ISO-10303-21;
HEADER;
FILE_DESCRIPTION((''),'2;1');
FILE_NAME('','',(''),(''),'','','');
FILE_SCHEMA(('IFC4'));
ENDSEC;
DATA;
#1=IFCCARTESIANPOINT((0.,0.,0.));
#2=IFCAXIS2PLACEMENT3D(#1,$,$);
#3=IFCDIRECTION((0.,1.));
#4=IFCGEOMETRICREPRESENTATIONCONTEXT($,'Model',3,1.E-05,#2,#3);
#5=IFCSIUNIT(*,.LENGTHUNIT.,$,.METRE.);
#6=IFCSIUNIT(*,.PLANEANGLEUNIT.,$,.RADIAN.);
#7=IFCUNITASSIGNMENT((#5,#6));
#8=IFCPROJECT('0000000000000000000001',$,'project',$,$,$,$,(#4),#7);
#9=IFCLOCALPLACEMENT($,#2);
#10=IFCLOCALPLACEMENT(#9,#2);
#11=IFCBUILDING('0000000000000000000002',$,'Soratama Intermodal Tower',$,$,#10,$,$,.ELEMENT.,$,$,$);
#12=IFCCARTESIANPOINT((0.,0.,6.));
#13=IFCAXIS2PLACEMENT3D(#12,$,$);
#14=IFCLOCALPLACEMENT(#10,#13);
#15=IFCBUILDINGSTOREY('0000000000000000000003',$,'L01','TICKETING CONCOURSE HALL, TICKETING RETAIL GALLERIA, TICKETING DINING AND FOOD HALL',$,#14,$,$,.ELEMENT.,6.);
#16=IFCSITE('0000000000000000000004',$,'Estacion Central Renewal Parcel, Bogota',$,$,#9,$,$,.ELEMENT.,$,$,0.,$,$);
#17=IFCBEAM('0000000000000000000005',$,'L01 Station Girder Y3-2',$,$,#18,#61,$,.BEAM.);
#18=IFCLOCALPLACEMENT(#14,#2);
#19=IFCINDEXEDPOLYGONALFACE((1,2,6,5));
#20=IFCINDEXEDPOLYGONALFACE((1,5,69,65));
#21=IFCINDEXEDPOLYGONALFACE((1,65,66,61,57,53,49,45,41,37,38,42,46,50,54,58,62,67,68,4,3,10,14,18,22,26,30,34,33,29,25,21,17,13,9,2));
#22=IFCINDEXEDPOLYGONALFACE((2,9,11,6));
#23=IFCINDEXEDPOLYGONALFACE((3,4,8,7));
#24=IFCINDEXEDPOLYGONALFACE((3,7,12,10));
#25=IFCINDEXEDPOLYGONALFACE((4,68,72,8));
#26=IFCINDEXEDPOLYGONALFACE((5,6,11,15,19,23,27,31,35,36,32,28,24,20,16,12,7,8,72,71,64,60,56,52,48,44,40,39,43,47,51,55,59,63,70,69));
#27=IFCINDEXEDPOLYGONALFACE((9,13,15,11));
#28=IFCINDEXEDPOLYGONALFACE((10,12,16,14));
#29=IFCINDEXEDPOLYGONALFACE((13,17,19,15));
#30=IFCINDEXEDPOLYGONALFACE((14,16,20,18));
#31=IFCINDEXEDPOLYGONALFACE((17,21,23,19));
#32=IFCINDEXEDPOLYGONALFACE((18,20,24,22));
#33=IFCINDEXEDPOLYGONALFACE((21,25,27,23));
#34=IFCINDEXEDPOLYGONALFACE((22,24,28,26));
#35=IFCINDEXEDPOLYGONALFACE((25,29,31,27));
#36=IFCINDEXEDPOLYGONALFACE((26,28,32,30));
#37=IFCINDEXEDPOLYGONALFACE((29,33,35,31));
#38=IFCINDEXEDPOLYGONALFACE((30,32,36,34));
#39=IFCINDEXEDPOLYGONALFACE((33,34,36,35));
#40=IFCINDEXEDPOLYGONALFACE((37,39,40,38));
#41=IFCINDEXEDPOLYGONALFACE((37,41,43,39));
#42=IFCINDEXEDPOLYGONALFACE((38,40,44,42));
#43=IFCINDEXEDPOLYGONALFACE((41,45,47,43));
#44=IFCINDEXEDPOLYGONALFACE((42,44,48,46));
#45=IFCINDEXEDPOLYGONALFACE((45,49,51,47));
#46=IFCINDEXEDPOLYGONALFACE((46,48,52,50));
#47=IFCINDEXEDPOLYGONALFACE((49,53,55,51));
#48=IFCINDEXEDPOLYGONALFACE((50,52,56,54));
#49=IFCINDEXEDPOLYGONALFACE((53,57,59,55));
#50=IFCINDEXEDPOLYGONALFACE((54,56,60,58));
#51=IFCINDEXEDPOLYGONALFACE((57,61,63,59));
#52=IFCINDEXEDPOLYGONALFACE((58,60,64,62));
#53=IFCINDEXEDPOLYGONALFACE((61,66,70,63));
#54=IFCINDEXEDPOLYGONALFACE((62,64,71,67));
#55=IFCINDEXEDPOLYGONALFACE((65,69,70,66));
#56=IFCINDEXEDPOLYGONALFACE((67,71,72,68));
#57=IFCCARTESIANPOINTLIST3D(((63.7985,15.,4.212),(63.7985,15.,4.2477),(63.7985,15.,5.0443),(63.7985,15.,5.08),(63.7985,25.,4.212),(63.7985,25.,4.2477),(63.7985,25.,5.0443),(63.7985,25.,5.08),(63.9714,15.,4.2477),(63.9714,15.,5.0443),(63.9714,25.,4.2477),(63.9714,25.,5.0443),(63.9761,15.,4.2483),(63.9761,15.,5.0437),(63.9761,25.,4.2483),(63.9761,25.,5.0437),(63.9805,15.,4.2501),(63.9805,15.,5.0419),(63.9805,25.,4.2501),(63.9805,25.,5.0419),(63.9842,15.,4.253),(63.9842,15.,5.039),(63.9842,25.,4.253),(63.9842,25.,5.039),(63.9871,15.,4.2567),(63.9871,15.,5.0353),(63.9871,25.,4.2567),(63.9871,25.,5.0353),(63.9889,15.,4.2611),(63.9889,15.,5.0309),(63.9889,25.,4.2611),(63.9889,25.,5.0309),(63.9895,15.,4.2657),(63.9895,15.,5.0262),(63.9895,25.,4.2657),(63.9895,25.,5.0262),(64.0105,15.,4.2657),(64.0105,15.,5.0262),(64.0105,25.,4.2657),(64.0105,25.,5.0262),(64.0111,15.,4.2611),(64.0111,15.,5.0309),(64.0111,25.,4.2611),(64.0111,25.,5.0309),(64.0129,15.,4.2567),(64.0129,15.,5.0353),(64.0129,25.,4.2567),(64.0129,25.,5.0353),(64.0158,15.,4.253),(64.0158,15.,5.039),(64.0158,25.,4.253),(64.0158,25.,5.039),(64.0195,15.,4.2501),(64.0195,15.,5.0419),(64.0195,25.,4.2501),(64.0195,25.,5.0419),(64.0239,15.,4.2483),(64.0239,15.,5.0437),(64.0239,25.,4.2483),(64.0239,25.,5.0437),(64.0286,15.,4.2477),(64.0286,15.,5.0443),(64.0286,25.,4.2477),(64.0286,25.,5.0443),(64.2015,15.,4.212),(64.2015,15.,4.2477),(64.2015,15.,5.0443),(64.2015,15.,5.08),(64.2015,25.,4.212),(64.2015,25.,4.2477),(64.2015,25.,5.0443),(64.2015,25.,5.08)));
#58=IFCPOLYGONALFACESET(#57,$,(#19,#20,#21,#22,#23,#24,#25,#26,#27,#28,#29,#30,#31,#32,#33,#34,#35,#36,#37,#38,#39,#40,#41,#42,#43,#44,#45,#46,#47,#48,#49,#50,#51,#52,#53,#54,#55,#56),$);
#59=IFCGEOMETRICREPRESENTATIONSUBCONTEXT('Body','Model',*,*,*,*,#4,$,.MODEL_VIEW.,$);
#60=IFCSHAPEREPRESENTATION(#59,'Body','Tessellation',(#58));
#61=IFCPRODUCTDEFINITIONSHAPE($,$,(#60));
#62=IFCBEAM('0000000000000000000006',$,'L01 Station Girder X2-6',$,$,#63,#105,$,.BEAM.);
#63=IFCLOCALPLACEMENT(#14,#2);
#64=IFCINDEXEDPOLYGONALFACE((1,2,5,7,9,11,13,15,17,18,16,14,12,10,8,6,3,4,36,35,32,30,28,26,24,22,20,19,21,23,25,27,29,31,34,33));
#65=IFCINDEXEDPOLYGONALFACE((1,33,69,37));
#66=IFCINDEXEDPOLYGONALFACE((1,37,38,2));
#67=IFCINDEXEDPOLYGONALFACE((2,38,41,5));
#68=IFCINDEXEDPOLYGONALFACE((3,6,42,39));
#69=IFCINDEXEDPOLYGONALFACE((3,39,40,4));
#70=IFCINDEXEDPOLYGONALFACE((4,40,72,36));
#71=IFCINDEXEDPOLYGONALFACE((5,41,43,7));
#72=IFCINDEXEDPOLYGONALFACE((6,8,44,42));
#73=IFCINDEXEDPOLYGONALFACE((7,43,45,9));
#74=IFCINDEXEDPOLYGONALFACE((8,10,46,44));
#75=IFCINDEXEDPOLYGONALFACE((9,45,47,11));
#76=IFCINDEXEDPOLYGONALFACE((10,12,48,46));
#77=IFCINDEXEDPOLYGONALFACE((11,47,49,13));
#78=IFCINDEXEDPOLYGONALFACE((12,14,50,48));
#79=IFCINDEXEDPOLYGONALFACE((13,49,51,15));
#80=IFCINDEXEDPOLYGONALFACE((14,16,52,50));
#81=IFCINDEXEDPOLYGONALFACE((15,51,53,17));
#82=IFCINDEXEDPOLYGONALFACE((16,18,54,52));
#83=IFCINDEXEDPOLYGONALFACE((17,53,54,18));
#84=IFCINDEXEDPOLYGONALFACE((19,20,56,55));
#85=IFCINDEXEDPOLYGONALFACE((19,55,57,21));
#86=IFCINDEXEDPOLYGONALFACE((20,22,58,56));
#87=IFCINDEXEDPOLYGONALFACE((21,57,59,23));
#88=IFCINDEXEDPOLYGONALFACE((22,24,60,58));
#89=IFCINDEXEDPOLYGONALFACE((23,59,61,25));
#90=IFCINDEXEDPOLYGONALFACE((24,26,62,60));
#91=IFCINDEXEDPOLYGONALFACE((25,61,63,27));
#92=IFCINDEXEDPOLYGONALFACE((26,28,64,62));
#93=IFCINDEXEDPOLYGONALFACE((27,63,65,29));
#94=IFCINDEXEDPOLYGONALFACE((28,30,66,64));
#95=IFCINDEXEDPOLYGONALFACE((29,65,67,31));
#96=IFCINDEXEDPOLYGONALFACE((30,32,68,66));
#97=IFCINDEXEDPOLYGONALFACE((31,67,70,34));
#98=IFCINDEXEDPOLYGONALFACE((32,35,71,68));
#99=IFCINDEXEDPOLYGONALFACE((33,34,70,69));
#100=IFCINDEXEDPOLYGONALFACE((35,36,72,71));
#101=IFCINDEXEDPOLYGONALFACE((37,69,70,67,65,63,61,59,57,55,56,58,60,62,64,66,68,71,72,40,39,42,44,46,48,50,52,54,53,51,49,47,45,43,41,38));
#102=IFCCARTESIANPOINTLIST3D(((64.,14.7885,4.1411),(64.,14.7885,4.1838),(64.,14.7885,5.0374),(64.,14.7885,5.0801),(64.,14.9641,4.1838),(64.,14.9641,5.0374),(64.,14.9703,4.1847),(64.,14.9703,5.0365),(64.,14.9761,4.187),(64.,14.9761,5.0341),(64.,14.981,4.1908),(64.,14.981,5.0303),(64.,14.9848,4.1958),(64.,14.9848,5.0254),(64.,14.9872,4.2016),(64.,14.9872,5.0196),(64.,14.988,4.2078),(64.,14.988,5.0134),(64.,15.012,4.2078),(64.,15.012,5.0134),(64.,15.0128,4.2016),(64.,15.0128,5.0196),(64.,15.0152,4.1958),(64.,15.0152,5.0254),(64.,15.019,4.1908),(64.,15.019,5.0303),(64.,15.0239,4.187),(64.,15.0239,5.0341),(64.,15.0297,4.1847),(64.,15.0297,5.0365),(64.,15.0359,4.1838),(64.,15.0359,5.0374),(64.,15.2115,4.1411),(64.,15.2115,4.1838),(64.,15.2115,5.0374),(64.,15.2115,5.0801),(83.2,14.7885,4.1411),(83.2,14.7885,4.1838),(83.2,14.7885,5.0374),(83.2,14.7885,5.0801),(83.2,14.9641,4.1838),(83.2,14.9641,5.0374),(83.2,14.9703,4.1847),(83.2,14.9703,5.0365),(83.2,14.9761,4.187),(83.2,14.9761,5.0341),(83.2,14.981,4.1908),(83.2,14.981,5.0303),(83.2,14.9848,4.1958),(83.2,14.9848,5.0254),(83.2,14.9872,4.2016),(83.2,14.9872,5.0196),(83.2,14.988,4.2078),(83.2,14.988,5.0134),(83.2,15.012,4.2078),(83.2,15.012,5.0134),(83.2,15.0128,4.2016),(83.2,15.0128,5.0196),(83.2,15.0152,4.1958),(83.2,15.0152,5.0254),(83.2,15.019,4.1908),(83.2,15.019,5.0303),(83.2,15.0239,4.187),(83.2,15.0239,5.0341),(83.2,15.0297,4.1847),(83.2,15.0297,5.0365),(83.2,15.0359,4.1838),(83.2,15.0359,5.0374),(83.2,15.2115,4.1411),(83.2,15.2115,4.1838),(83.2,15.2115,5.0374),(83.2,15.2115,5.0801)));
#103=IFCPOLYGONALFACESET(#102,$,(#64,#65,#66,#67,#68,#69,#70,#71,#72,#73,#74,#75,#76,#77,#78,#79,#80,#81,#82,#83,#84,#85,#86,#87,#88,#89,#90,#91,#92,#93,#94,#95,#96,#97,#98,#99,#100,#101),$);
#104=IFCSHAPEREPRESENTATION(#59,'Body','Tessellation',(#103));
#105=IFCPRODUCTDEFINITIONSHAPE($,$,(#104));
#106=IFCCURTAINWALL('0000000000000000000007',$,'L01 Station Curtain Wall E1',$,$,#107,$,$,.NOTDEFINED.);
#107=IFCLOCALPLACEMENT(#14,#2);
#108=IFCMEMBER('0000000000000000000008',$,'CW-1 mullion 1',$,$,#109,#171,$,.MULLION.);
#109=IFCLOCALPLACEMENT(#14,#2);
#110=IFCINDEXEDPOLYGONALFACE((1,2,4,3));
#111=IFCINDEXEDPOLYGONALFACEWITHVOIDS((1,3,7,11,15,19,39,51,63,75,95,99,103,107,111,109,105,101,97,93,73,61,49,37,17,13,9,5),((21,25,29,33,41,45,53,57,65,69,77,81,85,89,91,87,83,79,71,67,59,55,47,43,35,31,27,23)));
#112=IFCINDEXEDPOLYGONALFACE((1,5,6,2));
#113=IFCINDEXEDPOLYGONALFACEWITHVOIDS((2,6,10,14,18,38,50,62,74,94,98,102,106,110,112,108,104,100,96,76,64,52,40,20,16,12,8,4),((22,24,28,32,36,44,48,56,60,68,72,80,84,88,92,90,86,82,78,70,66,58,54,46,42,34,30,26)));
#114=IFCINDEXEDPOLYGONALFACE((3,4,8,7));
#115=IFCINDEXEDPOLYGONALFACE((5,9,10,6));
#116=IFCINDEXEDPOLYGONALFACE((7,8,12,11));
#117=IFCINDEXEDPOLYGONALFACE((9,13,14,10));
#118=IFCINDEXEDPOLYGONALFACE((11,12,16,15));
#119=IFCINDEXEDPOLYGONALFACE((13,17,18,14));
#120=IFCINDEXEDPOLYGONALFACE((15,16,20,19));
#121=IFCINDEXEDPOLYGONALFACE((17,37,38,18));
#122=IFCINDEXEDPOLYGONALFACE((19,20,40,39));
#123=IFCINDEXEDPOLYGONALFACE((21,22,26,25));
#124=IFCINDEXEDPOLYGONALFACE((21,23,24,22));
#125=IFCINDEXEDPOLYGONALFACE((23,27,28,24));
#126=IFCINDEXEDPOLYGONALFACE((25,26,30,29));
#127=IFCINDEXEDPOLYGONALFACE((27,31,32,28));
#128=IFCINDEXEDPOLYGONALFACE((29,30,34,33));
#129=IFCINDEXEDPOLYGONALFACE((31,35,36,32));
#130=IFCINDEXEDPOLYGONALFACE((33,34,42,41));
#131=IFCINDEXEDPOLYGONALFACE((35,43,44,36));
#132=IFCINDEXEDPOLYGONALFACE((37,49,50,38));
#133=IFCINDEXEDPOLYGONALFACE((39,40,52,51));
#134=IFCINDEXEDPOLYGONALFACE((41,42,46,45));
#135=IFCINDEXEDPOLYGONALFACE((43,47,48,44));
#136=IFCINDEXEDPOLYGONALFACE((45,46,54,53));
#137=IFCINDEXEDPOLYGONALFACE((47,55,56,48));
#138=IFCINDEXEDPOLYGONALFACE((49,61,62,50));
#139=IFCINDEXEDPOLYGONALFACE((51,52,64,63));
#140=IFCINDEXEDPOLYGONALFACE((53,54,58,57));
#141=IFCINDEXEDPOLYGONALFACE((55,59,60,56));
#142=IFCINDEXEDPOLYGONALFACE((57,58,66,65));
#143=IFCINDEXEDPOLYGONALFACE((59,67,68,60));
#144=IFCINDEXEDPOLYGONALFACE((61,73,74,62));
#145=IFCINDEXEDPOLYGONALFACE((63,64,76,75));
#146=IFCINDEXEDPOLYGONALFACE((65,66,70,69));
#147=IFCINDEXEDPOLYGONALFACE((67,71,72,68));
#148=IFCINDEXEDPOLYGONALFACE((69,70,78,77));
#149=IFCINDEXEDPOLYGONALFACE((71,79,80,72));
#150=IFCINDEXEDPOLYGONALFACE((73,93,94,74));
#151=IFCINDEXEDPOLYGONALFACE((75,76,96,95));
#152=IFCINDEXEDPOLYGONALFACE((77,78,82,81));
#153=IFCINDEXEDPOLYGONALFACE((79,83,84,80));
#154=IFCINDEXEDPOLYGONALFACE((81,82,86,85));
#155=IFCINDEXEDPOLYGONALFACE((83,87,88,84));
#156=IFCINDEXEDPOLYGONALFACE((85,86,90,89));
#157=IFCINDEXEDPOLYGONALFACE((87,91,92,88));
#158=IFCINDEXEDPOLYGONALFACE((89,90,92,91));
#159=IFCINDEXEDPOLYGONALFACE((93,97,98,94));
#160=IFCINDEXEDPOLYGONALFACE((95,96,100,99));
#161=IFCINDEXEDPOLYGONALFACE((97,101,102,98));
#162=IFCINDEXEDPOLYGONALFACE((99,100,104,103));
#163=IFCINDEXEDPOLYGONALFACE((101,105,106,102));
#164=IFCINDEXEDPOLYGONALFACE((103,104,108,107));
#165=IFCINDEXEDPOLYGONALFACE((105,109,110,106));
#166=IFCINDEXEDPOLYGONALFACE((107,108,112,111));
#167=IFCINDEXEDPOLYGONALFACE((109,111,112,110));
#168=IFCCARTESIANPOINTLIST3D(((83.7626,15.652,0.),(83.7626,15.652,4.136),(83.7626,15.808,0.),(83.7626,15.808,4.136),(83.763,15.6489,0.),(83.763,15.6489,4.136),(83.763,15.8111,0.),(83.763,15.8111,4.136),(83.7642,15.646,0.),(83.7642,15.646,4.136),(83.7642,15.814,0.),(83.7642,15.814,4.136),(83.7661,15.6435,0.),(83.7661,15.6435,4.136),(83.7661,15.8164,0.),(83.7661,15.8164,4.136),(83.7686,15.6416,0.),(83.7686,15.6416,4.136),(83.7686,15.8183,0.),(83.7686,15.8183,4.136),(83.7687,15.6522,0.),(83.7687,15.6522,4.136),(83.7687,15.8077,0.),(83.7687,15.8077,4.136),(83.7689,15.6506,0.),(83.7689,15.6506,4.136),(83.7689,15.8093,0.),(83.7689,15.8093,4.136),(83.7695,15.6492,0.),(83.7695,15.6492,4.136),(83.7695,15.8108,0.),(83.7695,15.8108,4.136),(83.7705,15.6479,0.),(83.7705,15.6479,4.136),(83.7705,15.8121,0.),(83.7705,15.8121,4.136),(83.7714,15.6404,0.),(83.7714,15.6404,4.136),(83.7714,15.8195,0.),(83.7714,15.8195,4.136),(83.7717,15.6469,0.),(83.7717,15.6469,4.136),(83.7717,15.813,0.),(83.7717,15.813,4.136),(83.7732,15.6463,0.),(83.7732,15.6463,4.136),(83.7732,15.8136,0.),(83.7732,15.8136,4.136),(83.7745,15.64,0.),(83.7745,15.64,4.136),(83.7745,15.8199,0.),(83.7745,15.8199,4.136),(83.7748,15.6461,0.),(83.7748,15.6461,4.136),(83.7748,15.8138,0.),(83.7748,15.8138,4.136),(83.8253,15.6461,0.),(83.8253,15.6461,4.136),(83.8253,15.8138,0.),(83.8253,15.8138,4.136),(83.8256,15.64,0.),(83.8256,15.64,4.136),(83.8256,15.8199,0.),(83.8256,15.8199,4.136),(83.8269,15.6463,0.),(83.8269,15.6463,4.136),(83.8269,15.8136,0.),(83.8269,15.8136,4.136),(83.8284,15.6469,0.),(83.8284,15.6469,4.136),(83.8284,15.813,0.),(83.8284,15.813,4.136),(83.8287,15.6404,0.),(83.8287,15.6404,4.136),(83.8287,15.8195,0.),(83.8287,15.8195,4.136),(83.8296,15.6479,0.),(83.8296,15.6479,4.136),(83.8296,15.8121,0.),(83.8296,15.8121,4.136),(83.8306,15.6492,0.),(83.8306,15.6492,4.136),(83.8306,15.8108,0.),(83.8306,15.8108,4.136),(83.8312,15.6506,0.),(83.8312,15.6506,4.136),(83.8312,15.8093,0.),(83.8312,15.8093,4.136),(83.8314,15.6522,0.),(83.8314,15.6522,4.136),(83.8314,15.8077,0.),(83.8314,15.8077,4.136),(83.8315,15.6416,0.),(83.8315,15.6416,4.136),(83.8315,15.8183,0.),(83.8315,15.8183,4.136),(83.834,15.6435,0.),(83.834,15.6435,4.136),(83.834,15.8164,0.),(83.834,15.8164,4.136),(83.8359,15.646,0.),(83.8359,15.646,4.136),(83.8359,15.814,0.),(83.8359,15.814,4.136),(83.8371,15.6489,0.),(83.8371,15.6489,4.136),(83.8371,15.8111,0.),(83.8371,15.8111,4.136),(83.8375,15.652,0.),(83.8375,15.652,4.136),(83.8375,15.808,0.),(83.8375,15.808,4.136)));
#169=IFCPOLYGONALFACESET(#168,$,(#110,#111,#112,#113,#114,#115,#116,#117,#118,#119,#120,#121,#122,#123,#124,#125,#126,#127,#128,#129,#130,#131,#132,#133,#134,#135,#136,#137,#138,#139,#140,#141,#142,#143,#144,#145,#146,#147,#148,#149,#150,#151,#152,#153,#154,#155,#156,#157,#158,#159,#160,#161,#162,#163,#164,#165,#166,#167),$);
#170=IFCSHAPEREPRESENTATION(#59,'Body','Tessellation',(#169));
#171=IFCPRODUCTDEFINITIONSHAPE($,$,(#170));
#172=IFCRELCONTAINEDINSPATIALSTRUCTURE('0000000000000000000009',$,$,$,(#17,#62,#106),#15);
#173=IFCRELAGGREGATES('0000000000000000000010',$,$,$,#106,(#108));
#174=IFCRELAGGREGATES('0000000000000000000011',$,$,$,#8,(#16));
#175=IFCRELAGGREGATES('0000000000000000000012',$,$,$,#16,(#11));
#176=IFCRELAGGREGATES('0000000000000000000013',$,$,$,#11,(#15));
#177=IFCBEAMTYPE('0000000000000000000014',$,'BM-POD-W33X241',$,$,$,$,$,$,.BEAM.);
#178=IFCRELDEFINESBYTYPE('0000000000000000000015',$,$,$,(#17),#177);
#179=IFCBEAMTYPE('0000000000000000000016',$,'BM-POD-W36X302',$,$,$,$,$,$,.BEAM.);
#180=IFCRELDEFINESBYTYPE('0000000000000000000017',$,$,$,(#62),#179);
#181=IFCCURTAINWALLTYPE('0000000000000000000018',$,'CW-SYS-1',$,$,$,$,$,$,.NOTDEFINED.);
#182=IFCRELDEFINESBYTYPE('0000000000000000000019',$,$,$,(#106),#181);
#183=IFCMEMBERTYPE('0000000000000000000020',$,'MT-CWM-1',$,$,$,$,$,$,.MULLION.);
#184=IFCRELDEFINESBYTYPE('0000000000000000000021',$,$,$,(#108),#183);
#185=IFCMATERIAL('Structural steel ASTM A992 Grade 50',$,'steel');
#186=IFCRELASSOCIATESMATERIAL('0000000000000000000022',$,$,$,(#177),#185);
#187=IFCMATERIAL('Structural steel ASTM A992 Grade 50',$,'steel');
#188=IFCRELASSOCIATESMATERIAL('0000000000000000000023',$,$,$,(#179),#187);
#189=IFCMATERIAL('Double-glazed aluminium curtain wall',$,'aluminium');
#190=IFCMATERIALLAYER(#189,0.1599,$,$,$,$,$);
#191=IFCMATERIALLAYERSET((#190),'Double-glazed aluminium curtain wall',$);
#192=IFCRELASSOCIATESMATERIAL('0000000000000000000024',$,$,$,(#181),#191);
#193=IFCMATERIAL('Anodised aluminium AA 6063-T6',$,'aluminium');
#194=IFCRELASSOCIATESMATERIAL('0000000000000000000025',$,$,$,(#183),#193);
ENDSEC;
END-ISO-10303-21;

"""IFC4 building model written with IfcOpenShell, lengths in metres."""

from ifc_helpers import new_model, si_unit, direction, frame, origin, origin_2d, place, context, subcontext, project, spatial, hollow_rectangle, i_section, extrude, material, layer, layer_set, material_profile, profile_set, type_object, element, aggregate, save


model = new_model("IFC4")

# Units and contexts
model_context = context("Model", 3, precision=1e-05, world=origin(), true_north=direction((0.0, 1.0)))
body_context = subcontext(model_context, "Body", "Model", "MODEL_VIEW")
ifc_project = project(units=[si_unit("LENGTHUNIT", "METRE"), si_unit("PLANEANGLEUNIT", "RADIAN")], contexts=[model_context])

# Site, building, storey
site_placement = place(None, origin())
site = spatial("IfcSite", under=ifc_project, at=site_placement, Name="Estacion Central Renewal Parcel, Bogota", CompositionType="ELEMENT", RefElevation=0.0)
building_placement = place(site_placement, origin())
building = spatial("IfcBuilding", under=site, at=building_placement, Name="Soratama Intermodal Tower", CompositionType="ELEMENT")
storey_placement = place(building_placement, frame((0.0, 0.0, 6.0)))
storey = spatial("IfcBuildingStorey", under=building, at=storey_placement, Name="L01", Description="TICKETING CONCOURSE HALL, TICKETING RETAIL GALLERIA, TICKETING DINING AND FOOD HALL", CompositionType="ELEMENT", Elevation=6.0)

# Beams
ifc_material_1 = material(Name="Structural steel ASTM A992 Grade 50", Category="steel")
ifc_material_profile_1 = material_profile(ifc_material_1, i_section(OverallWidth=0.4031, OverallDepth=0.8679, WebThickness=0.021, FlangeThickness=0.0356, FilletRadius=0.0181, at=origin_2d()), Name="W33X241")
ifc_profile_set_1 = profile_set([ifc_material_profile_1], Name="Structural steel ASTM A992 Grade 50")
beam_type_1 = type_object("IfcBeamType", Name="BM-POD-W33X241", PredefinedType="BEAM", material=ifc_profile_set_1)
beam_1_placement = place(storey_placement, frame((64.0, 15.0, 4.646), z_axis=(0.0, 1.0, 0.0), x_axis=(-1.0, 0.0, 0.0)))
element("IfcBeam", 1, at=beam_1_placement, inside=storey, type_object=beam_type_1, Name="L01 Station Girder Y3-2", PredefinedType="BEAM", context=body_context, shape_type="SweptSolid", body=[
    extrude(i_section(OverallWidth=0.4031, OverallDepth=0.8679, WebThickness=0.021, FlangeThickness=0.0356, FilletRadius=0.0181, at=origin_2d()), origin(), (0.0, 0.0, 1.0), 10.0),
])
ifc_material_2 = material(Name="Structural steel ASTM A992 Grade 50", Category="steel")
ifc_material_profile_2 = material_profile(ifc_material_2, i_section(OverallWidth=0.4231, OverallDepth=0.939, WebThickness=0.0239, FlangeThickness=0.0427, FilletRadius=0.0239, at=origin_2d()), Name="W36X302")
ifc_profile_set_2 = profile_set([ifc_material_profile_2], Name="Structural steel ASTM A992 Grade 50")
beam_type_2 = type_object("IfcBeamType", Name="BM-POD-W36X302", PredefinedType="BEAM", material=ifc_profile_set_2)
beam_2_placement = place(storey_placement, frame((64.0, 15.0, 4.6106), z_axis=(1.0, 0.0, 0.0), x_axis=(0.0, 1.0, 0.0)))
element("IfcBeam", 2, at=beam_2_placement, inside=storey, type_object=beam_type_2, Name="L01 Station Girder X2-6", PredefinedType="BEAM", context=body_context, shape_type="SweptSolid", body=[
    extrude(i_section(OverallWidth=0.4231, OverallDepth=0.939, WebThickness=0.0239, FlangeThickness=0.0427, FilletRadius=0.0239, at=origin_2d()), origin(), (0.0, 0.0, 1.0), 19.2),
])

# Curtain wall, member
ifc_material_3 = material(Name="Double-glazed aluminium curtain wall", Category="aluminium")
ifc_layer_1 = layer(ifc_material_3, 0.1599)
ifc_layer_set_1 = layer_set([ifc_layer_1], Name="Double-glazed aluminium curtain wall")
curtain_wall_type = type_object("IfcCurtainWallType", Name="CW-SYS-1", PredefinedType="NOTDEFINED", material=ifc_layer_set_1)
curtain_wall_placement = place(storey_placement, origin())
curtain_wall = element("IfcCurtainWall", 3, at=curtain_wall_placement, inside=storey, type_object=curtain_wall_type, Name="L01 Station Curtain Wall E1", PredefinedType="NOTDEFINED")
ifc_material_4 = material(Name="Anodised aluminium AA 6063-T6", Category="aluminium")
ifc_material_profile_3 = material_profile(ifc_material_4, hollow_rectangle(XDim=0.075, YDim=0.1799, WallThickness=0.0061, InnerFilletRadius=0.0061, OuterFilletRadius=0.012, at=origin_2d()), Name="CWM180X75X6")
ifc_profile_set_3 = profile_set([ifc_material_profile_3], Name="Anodised aluminium AA 6063-T6")
member_type_1 = type_object("IfcMemberType", Name="MT-CWM-1", PredefinedType="MULLION", material=ifc_profile_set_3)
member_1_placement = place(storey_placement, frame((83.8, 15.73, 0.0), z_axis=(0.0, 0.0, 1.0), x_axis=(-1.0, 0.0, 0.0)))
member_1 = element("IfcMember", 4, at=member_1_placement, type_object=member_type_1, Name="CW-1 mullion 1", PredefinedType="MULLION", context=body_context, shape_type="SweptSolid", body=[
    extrude(hollow_rectangle(XDim=0.075, YDim=0.1799, WallThickness=0.0061, InnerFilletRadius=0.0061, OuterFilletRadius=0.012, at=origin_2d()), origin(), (0.0, 0.0, 1.0), 4.136),
])
aggregate(curtain_wall, [member_1])

save(model, "model.ifc")
